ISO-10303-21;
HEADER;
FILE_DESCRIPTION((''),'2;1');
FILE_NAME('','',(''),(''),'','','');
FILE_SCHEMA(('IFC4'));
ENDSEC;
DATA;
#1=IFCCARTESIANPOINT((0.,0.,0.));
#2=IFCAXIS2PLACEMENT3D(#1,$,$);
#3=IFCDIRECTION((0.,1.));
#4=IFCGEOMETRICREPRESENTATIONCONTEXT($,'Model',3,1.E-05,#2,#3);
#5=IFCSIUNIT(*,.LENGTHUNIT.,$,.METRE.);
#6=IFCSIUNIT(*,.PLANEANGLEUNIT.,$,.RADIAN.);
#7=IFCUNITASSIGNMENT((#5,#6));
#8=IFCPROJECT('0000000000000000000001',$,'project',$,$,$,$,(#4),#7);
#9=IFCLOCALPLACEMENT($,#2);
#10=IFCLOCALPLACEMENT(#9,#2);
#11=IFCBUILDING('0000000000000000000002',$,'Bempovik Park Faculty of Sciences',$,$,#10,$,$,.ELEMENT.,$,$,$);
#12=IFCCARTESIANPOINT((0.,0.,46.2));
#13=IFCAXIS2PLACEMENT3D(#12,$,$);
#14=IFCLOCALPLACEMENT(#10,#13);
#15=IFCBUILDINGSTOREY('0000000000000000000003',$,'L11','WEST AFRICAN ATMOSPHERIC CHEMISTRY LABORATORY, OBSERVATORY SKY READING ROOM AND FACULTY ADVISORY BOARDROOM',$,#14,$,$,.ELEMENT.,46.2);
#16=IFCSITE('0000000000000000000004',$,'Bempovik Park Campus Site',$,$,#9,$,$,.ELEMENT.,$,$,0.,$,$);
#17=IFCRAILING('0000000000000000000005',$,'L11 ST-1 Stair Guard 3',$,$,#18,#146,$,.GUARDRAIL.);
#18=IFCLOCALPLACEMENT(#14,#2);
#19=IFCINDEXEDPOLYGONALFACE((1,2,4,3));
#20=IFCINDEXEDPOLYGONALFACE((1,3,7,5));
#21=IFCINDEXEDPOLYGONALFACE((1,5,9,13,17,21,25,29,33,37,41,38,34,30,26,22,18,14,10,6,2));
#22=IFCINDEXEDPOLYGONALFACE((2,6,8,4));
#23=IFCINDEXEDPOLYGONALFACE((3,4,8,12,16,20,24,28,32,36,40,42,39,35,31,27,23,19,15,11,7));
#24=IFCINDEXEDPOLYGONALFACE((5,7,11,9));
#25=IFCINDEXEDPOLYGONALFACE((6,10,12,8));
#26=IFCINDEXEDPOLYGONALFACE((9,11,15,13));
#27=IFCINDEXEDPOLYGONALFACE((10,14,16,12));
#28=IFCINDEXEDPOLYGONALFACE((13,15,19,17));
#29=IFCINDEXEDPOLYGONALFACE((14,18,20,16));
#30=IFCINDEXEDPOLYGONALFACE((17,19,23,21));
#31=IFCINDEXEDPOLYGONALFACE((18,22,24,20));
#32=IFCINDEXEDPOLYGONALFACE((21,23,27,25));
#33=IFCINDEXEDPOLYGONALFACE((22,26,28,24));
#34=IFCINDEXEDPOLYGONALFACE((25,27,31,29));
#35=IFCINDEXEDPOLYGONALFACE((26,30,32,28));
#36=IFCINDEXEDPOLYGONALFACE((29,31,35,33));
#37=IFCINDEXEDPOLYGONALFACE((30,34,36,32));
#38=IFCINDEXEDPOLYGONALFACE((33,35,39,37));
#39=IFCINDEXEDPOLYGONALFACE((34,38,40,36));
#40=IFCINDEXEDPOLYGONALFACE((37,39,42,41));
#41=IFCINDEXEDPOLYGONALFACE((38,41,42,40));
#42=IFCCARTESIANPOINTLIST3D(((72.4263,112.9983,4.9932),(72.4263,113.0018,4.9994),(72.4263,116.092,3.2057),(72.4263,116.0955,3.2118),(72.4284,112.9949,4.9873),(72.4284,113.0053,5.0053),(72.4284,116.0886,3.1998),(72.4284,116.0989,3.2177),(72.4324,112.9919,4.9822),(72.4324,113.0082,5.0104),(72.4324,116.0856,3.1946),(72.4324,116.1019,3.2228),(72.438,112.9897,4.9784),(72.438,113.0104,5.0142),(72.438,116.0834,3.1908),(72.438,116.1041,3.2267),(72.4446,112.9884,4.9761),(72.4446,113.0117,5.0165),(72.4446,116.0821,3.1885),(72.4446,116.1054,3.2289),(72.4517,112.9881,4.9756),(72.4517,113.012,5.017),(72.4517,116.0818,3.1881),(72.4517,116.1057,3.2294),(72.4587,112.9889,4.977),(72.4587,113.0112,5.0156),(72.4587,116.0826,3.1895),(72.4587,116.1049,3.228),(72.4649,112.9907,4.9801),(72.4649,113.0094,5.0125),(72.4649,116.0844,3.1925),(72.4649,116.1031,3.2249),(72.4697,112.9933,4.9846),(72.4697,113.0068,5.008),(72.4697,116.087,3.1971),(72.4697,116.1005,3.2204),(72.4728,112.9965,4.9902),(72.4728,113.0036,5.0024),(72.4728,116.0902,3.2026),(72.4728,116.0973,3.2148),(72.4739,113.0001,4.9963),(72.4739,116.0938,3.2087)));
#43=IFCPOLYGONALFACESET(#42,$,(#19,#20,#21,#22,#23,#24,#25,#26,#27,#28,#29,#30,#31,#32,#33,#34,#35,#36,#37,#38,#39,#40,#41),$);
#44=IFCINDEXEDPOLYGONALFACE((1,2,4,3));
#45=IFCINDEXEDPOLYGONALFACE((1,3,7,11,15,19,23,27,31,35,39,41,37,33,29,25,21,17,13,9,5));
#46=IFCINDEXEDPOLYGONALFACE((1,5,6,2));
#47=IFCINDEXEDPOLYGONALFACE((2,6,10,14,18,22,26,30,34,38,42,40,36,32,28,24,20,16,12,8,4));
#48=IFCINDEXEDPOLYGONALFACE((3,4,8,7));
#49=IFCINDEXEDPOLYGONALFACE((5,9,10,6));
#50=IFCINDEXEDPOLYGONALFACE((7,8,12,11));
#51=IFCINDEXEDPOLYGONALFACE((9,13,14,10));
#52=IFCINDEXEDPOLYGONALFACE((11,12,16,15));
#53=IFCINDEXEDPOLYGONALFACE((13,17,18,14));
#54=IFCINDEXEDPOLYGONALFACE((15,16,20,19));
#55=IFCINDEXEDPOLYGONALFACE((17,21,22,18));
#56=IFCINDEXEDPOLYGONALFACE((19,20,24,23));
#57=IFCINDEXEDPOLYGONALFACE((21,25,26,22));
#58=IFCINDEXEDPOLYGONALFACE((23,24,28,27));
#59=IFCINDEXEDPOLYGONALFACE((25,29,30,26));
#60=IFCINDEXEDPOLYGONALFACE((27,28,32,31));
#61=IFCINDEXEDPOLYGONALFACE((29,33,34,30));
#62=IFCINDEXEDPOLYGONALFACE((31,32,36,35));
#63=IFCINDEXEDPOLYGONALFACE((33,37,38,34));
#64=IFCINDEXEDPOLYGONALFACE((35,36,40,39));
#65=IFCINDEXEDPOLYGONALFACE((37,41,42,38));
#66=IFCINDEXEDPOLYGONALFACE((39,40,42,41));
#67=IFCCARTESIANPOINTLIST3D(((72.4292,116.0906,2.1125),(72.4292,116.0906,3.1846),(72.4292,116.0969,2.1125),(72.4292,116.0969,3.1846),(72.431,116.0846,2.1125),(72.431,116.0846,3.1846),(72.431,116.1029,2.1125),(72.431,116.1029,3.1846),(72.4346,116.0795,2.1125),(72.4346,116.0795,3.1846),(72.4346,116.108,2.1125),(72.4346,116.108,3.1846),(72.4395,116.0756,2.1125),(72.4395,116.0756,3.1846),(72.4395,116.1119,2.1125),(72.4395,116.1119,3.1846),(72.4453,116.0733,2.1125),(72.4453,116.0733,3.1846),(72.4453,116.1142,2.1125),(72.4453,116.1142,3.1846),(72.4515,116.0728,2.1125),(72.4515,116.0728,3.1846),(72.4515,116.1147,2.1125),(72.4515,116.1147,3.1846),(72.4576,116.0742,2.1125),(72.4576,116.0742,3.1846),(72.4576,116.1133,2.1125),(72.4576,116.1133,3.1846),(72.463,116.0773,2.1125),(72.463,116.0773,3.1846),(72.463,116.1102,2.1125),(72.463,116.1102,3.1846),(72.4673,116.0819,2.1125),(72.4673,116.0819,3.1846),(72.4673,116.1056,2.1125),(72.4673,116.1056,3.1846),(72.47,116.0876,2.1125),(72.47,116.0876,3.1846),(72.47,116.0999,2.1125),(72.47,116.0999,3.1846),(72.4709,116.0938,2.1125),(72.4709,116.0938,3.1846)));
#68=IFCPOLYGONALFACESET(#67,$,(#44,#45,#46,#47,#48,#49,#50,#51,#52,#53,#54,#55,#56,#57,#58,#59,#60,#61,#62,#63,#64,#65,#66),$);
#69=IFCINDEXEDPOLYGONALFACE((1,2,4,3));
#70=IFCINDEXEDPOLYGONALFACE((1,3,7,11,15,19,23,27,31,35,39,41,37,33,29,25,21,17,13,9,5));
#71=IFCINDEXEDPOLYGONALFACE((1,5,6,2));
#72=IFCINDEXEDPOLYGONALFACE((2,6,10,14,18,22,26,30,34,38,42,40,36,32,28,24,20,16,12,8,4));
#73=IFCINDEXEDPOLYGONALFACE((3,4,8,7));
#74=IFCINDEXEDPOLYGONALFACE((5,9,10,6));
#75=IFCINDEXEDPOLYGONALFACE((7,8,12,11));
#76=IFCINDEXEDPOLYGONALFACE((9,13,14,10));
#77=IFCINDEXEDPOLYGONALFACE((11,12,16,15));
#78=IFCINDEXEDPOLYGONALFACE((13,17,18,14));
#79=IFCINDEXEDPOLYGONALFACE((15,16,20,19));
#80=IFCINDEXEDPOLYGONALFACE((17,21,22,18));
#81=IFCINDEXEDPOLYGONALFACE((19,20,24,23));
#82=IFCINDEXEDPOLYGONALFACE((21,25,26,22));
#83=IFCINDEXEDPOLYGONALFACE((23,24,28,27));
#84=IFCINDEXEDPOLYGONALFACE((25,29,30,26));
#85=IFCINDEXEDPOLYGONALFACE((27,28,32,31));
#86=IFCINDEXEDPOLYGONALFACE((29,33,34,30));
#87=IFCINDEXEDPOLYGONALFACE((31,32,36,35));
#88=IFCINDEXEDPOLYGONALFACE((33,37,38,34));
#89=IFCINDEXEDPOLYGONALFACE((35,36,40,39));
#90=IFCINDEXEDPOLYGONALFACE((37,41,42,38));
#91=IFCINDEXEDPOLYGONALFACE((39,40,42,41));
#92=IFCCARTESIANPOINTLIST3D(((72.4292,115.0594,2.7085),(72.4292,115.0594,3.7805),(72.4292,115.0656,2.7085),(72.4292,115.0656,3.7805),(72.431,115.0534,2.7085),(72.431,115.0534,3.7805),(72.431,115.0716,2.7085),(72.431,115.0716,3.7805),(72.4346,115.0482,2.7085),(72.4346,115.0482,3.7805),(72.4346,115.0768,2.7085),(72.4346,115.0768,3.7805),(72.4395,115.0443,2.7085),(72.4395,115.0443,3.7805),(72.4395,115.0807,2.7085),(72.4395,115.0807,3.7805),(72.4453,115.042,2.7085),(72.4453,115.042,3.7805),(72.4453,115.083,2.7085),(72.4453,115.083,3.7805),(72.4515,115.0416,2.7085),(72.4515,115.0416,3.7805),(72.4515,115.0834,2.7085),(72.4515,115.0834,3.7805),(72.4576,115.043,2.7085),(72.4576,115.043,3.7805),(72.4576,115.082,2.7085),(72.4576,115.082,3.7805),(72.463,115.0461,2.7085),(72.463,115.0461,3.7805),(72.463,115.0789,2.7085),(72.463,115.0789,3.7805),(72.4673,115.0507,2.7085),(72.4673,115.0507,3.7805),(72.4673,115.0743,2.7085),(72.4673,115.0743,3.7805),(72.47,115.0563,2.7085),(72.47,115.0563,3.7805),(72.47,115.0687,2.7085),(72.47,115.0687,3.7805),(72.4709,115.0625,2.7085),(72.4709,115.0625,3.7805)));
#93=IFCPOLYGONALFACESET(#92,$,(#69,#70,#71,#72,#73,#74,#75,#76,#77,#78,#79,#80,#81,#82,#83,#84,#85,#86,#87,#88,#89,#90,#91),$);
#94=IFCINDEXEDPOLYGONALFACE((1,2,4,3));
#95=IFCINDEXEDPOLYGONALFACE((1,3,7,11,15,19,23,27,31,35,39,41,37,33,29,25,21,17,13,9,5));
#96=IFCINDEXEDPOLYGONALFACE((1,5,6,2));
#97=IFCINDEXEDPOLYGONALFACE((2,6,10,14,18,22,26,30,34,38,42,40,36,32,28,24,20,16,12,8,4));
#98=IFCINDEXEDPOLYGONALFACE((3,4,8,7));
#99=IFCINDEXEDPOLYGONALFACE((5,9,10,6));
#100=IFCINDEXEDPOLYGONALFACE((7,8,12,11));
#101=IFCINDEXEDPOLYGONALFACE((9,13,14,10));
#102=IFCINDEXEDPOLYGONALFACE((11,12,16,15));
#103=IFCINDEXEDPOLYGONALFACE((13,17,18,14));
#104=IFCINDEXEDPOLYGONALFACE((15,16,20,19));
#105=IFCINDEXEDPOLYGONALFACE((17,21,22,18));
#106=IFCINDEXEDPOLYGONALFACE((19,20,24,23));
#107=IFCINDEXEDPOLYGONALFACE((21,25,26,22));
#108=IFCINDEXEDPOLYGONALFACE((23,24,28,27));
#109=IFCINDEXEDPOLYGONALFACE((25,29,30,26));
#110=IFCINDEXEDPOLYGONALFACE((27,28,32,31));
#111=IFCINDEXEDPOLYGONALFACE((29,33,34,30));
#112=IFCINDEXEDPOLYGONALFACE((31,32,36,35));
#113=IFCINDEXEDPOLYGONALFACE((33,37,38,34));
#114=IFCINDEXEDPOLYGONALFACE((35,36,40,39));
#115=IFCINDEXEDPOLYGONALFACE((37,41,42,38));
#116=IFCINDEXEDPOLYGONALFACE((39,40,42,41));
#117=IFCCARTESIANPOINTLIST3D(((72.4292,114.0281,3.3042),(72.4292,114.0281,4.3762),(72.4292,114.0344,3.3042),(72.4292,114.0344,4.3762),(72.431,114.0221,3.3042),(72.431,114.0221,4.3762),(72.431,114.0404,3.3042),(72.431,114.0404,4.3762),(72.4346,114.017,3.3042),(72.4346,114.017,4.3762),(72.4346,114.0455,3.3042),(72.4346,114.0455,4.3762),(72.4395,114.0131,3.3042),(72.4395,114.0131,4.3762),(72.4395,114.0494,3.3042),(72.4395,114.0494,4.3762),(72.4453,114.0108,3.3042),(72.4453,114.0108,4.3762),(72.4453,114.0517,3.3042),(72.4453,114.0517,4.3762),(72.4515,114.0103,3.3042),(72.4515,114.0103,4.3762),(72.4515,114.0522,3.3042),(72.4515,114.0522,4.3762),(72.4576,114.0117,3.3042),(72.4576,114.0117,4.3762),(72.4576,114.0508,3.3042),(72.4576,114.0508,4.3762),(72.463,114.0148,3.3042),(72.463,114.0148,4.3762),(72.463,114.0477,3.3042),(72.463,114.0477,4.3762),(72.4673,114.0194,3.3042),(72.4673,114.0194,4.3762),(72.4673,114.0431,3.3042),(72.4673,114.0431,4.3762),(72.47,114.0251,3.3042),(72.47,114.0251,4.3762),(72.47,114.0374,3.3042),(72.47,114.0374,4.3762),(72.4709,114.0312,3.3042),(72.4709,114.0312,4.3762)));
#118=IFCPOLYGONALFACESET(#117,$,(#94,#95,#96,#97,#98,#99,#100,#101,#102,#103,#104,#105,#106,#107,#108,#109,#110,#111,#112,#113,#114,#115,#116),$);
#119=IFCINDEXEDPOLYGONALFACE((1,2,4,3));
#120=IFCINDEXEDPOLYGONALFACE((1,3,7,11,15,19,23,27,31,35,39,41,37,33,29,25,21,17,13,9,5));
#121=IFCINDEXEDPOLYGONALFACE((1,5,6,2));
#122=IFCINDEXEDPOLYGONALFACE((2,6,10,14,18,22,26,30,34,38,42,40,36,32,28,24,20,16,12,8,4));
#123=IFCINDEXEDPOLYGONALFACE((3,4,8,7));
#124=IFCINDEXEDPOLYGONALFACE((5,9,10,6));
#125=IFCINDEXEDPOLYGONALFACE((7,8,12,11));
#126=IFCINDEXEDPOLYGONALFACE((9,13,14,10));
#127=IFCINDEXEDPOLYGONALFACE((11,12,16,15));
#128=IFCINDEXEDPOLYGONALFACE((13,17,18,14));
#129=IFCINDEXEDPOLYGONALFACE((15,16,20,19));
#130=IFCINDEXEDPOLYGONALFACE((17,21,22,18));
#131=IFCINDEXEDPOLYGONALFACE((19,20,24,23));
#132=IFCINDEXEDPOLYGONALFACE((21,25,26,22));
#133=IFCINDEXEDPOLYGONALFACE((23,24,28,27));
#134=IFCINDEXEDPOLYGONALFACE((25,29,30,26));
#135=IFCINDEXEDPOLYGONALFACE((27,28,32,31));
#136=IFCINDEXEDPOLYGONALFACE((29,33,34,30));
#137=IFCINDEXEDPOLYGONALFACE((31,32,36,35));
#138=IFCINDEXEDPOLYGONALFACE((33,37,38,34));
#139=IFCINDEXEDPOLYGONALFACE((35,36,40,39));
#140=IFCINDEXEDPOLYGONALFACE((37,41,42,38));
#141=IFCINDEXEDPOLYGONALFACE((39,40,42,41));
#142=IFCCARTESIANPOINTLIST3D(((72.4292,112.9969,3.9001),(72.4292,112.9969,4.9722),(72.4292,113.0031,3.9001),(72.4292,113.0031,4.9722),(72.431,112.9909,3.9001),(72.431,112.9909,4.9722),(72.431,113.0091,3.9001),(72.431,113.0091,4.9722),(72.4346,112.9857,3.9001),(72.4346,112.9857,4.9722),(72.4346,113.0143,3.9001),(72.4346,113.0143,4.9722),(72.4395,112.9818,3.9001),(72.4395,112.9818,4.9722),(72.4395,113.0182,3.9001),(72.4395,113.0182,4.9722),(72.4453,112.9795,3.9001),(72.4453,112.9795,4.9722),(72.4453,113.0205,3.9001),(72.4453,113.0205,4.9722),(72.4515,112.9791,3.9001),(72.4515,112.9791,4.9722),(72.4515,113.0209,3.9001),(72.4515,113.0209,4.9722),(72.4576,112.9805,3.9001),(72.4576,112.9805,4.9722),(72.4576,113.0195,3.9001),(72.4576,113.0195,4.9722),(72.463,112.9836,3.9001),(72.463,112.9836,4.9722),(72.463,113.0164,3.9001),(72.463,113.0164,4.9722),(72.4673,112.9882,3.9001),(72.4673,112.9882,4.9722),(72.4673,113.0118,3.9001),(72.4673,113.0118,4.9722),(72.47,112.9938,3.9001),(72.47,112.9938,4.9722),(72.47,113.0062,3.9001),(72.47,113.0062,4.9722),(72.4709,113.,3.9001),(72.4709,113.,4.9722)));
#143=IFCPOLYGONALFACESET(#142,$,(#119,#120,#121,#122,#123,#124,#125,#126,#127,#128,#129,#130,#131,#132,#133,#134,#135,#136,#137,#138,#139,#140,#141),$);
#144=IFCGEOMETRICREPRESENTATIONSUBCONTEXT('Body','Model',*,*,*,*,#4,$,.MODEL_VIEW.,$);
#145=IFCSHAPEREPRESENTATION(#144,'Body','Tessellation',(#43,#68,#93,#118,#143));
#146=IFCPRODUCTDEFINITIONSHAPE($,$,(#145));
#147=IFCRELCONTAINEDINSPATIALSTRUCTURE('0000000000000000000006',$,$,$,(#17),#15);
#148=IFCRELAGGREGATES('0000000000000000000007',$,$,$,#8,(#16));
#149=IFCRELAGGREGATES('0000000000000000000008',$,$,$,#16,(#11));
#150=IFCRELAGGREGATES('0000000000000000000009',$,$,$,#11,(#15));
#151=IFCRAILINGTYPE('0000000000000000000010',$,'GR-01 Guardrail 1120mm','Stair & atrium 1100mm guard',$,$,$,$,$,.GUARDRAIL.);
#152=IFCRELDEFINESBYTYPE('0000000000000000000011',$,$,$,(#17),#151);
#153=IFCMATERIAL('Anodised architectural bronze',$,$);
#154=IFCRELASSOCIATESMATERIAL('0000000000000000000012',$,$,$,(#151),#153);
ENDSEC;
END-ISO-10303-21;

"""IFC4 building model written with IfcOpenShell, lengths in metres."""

from ifc_helpers import new_model, si_unit, direction, frame, origin, origin_2d, place, context, subcontext, project, spatial, circle, extrude, material, type_object, element, save


model = new_model("IFC4")

# Units and contexts
model_context = context("Model", 3, precision=1e-05, world=origin(), true_north=direction((0.0, 1.0)))
body_context = subcontext(model_context, "Body", "Model", "MODEL_VIEW")
ifc_project = project(units=[si_unit("LENGTHUNIT", "METRE"), si_unit("PLANEANGLEUNIT", "RADIAN")], contexts=[model_context])

# Site, building, storey
site_placement = place(None, origin())
site = spatial("IfcSite", under=ifc_project, at=site_placement, Name="Bempovik Park Campus Site", CompositionType="ELEMENT", RefElevation=0.0)
building_placement = place(site_placement, origin())
building = spatial("IfcBuilding", under=site, at=building_placement, Name="Bempovik Park Faculty of Sciences", CompositionType="ELEMENT")
storey_placement = place(building_placement, frame((0.0, 0.0, 46.2)))
storey = spatial("IfcBuildingStorey", under=building, at=storey_placement, Name="L11", Description="WEST AFRICAN ATMOSPHERIC CHEMISTRY LABORATORY, OBSERVATORY SKY READING ROOM AND FACULTY ADVISORY BOARDROOM", CompositionType="ELEMENT", Elevation=46.2)

# Railing
ifc_material_1 = material(Name="Anodised architectural bronze")
railing_type_1 = type_object("IfcRailingType", Name="GR-01 Guardrail 1120mm", Description="Stair & atrium 1100mm guard", PredefinedType="GUARDRAIL", material=ifc_material_1)
railing_1_placement = place(storey_placement, frame((72.45, 116.0938, 2.1125)))
element("IfcRailing", 1, at=railing_1_placement, inside=storey, type_object=railing_type_1, Name="L11 ST-1 Stair Guard 3", PredefinedType="GUARDRAIL", context=body_context, shape_type="SweptSolid", body=[
    extrude(circle(Radius=0.0239, at=origin_2d()), frame((0.0, 0.0, 1.0962), z_axis=(0.0, -0.865853, 0.500298), x_axis=(1.0, 0.0, 0.0)), (0.0, 0.0, 1.0), 3.573),
    extrude(circle(Radius=0.021, at=origin_2d()), origin(), (0.0, 0.0, 1.0), 1.072),
    extrude(circle(Radius=0.021, at=origin_2d()), frame((0.0, -1.0312, 0.5959)), (0.0, 0.0, 1.0), 1.072),
    extrude(circle(Radius=0.021, at=origin_2d()), frame((0.0, -2.0625, 1.1917)), (0.0, 0.0, 1.0), 1.072),
    extrude(circle(Radius=0.021, at=origin_2d()), frame((0.0, -3.0938, 1.7876)), (0.0, 0.0, 1.0), 1.072),
])

save(model, "model.ifc")
